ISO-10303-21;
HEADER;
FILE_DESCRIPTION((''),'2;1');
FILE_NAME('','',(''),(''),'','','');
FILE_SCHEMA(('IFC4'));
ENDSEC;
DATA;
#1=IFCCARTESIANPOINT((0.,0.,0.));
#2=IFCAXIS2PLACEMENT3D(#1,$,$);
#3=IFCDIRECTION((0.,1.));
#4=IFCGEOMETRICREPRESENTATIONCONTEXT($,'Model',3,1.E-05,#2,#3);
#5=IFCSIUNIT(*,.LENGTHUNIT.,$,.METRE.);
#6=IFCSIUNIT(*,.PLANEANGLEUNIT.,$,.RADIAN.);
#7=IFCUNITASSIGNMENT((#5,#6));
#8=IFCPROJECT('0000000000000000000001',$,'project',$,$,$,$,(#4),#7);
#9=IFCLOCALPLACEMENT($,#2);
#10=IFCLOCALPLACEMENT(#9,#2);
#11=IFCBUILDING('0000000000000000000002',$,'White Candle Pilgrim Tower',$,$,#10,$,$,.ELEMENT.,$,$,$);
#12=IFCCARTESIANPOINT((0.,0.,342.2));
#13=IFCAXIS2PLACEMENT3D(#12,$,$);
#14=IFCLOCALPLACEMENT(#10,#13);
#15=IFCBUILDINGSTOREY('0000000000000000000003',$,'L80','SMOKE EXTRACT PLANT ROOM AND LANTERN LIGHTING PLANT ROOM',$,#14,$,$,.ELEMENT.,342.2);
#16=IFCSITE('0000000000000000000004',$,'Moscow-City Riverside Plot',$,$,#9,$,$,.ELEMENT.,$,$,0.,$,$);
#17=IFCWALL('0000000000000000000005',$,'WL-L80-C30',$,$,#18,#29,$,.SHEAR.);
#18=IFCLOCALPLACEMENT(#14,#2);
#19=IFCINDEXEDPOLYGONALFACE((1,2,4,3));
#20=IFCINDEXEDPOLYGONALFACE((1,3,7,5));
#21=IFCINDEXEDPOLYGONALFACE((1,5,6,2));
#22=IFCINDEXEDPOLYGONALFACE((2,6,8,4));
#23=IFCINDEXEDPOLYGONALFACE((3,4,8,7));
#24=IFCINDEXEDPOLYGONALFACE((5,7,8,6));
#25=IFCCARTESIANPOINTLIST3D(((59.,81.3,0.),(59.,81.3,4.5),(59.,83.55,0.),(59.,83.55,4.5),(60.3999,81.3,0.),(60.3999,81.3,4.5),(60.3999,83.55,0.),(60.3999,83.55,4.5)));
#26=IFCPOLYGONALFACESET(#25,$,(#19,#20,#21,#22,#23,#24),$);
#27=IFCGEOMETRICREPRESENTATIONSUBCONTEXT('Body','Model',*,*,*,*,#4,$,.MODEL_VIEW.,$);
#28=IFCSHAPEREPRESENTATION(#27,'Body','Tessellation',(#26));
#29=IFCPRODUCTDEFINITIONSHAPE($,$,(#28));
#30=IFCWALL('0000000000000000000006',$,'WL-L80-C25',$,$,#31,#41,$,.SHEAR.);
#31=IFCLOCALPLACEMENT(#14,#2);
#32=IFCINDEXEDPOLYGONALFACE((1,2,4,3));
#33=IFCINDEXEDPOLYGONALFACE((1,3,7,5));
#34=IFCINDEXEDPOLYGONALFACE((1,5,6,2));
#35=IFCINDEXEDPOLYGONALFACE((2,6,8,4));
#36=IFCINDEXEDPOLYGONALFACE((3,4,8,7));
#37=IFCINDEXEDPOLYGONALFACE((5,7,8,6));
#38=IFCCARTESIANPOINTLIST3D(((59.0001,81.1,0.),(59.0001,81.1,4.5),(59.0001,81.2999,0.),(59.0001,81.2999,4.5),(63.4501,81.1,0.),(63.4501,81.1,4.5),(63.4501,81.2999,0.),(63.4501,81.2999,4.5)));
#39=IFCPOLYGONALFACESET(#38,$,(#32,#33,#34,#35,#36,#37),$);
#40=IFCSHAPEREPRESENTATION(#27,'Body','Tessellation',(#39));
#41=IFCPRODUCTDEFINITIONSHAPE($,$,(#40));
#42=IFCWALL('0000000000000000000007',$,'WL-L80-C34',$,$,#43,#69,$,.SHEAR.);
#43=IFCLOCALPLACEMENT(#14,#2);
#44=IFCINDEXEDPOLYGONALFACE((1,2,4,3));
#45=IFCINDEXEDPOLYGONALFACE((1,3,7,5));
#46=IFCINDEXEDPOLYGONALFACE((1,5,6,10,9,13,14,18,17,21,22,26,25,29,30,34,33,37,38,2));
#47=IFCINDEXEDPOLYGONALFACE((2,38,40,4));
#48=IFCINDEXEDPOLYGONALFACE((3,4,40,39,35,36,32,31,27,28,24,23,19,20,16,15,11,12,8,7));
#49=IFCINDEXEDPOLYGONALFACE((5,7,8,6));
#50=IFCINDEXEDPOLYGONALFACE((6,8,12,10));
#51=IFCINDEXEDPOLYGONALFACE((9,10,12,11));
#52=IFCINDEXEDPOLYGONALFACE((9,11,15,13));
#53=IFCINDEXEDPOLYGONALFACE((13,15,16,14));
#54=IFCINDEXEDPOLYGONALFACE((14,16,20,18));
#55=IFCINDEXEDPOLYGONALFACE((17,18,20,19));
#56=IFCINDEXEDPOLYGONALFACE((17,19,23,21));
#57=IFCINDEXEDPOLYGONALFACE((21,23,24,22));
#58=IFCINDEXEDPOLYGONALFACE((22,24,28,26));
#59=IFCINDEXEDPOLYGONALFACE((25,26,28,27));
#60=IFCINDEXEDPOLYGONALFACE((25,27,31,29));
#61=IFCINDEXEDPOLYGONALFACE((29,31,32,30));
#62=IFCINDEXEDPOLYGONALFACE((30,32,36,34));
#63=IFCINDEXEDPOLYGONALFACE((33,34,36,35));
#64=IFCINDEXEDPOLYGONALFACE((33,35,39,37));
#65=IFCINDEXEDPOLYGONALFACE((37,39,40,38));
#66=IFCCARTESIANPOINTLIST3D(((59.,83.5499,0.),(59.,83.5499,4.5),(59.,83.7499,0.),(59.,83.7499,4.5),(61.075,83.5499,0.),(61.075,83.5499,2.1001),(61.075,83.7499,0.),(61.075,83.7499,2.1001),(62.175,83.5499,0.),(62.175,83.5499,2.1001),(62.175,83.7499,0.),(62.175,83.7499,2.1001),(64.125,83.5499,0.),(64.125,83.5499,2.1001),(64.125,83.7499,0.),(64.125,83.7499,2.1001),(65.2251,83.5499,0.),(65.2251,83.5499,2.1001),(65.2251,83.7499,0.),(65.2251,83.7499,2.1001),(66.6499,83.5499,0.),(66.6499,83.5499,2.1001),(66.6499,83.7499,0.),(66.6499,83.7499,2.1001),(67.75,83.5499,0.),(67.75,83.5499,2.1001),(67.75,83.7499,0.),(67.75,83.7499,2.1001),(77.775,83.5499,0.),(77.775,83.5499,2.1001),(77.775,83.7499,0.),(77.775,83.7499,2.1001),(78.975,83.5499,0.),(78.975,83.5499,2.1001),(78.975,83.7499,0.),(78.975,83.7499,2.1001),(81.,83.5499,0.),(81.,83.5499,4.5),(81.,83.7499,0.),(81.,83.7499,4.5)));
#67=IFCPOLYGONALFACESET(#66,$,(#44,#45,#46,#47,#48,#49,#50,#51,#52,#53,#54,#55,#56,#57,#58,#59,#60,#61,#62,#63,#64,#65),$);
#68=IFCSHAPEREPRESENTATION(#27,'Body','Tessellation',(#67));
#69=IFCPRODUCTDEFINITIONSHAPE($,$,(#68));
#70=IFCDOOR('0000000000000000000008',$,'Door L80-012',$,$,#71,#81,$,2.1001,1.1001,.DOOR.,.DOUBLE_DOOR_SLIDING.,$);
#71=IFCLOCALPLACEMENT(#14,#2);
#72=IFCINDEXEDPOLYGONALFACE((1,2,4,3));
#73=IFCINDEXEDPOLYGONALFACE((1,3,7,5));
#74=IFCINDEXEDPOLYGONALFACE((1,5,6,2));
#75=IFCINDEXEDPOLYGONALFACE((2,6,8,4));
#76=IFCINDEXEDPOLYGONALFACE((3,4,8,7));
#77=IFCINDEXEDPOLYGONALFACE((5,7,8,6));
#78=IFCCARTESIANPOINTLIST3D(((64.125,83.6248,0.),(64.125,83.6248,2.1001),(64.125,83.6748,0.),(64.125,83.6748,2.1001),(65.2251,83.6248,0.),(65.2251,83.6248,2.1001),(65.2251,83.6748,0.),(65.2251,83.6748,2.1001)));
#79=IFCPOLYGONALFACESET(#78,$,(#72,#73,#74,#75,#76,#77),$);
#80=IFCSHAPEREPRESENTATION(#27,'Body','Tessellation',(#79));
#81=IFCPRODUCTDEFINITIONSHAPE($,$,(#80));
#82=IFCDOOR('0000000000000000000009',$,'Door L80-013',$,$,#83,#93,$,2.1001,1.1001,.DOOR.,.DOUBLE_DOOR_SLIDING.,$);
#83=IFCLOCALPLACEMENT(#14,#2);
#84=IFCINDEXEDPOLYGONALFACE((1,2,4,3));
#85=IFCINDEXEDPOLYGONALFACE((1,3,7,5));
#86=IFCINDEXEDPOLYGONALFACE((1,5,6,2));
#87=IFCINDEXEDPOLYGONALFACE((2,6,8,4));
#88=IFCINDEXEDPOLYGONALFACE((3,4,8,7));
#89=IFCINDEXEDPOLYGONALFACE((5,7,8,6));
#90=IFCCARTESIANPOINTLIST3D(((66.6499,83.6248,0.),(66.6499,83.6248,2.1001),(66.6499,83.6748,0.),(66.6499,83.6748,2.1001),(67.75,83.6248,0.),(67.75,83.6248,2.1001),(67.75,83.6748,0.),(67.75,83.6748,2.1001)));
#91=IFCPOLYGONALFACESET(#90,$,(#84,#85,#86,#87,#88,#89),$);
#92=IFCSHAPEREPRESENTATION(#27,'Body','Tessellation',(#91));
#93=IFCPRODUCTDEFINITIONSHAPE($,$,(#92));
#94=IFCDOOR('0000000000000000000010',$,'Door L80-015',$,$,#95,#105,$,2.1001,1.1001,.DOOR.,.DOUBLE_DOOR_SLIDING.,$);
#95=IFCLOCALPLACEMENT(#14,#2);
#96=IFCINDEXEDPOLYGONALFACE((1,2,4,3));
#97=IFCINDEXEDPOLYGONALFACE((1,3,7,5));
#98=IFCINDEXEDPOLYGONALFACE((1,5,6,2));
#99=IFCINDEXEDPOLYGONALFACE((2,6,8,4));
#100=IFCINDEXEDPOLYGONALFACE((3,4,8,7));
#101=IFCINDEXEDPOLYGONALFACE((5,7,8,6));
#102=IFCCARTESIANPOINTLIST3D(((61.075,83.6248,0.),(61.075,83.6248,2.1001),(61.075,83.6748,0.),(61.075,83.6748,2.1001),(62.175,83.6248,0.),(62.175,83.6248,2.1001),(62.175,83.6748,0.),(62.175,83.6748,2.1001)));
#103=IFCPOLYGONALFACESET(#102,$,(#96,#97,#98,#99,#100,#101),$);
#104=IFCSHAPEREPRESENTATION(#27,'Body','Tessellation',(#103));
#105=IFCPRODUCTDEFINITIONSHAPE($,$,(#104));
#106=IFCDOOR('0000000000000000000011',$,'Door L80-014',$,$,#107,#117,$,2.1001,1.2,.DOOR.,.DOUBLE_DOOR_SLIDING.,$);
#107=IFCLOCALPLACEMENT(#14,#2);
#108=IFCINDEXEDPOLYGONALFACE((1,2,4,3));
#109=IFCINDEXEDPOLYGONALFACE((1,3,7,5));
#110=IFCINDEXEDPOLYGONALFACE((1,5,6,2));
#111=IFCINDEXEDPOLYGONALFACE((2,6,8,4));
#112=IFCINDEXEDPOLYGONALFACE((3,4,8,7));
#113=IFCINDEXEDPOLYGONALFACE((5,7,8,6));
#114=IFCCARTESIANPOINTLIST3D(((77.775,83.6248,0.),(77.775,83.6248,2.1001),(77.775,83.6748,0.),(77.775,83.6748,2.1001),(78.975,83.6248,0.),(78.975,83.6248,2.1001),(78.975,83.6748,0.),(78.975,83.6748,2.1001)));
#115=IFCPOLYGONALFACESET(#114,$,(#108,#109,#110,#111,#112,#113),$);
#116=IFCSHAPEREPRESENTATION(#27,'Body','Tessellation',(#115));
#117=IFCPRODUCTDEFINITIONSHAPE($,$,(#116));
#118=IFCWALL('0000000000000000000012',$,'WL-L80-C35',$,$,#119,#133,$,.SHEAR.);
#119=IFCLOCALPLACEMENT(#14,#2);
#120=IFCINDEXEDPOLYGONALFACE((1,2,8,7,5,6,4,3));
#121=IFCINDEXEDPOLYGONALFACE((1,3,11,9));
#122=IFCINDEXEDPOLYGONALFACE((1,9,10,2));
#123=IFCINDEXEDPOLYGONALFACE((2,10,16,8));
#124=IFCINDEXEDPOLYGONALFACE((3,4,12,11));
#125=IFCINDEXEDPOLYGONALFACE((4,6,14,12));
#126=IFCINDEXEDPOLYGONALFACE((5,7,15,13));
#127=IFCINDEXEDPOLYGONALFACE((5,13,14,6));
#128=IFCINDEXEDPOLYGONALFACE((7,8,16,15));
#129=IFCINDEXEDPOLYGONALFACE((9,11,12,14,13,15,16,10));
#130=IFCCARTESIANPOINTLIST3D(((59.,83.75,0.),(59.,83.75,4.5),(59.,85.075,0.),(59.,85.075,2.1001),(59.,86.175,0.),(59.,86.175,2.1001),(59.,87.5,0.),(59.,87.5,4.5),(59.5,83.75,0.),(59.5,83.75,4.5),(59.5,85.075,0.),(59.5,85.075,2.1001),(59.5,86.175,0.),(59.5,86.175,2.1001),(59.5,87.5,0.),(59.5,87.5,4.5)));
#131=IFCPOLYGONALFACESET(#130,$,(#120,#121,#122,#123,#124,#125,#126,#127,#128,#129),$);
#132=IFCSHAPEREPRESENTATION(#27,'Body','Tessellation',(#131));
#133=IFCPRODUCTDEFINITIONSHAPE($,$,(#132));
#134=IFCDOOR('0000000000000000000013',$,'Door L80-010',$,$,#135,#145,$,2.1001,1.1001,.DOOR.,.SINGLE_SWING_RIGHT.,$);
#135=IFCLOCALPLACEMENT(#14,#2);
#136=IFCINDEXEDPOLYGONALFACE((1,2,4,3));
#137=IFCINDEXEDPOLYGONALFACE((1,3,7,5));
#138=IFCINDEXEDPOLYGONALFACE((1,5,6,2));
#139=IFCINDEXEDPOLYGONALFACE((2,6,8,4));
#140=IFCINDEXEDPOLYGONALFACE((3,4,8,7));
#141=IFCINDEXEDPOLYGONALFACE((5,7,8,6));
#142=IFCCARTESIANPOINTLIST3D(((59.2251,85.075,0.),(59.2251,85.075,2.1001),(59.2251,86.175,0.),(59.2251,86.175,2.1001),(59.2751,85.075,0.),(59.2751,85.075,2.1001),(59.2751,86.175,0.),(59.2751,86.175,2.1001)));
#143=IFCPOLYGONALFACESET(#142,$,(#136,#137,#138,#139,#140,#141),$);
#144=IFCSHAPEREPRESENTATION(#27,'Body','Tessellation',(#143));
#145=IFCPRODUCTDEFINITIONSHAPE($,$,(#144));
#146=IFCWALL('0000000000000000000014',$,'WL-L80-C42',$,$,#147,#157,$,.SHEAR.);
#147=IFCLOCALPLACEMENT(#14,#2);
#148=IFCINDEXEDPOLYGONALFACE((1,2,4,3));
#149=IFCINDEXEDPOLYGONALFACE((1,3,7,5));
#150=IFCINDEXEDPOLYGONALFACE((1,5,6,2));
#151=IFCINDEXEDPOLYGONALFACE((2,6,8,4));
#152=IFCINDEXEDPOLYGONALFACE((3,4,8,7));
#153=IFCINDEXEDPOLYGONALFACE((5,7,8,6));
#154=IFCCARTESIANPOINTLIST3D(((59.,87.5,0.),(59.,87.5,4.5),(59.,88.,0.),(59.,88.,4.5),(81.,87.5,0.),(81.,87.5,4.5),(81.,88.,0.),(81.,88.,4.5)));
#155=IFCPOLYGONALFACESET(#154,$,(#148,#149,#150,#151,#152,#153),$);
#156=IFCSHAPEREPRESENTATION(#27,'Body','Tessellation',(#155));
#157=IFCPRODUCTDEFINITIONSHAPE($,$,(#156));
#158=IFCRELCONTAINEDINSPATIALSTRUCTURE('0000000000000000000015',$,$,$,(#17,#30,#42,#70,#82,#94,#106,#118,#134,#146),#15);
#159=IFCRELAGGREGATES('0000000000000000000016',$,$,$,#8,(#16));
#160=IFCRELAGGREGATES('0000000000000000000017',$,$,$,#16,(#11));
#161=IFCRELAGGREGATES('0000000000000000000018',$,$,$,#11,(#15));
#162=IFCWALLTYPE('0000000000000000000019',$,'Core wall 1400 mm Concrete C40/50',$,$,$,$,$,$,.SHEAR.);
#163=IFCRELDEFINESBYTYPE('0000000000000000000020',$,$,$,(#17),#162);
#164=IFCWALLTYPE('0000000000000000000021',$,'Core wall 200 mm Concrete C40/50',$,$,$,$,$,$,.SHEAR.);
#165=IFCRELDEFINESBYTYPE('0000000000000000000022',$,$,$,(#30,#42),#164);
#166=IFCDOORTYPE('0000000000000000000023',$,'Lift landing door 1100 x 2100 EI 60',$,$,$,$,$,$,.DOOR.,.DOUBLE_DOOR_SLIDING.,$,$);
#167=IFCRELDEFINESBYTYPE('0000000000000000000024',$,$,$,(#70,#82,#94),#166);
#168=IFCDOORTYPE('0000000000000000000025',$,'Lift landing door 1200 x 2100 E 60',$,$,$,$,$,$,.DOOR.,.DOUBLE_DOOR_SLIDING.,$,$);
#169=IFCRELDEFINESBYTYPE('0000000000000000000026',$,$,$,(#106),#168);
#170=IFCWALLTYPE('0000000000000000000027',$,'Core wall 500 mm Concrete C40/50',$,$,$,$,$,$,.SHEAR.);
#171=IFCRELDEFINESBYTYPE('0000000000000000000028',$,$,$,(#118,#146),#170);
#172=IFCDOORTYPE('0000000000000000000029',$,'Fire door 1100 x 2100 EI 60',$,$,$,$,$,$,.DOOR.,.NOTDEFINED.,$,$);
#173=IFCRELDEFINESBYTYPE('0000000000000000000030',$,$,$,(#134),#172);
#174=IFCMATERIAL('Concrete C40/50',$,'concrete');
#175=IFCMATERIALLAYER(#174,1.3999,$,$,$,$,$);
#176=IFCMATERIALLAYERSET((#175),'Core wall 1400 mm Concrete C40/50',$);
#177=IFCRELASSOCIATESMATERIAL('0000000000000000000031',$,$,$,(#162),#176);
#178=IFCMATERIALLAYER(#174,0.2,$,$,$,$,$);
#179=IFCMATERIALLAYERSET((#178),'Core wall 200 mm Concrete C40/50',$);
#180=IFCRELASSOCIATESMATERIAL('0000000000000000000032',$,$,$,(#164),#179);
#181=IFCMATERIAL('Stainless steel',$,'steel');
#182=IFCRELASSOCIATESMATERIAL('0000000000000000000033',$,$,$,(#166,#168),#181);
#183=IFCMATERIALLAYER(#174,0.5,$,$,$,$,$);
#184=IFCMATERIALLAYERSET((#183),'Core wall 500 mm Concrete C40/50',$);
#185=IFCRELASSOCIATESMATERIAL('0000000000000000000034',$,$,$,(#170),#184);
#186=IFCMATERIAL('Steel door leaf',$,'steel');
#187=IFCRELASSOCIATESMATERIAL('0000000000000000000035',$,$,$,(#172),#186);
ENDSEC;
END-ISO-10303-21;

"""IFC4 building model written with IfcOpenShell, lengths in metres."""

from ifc_helpers import new_model, si_unit, direction, frame, frame_2d, origin, place, context, subcontext, project, spatial, rectangle, extrude, material, layer, layer_set, type_object, element, fill, save


model = new_model("IFC4")

# Units and contexts
model_context = context("Model", 3, precision=1e-05, world=origin(), true_north=direction((0.0, 1.0)))
body_context = subcontext(model_context, "Body", "Model", "MODEL_VIEW")
ifc_project = project(units=[si_unit("LENGTHUNIT", "METRE"), si_unit("PLANEANGLEUNIT", "RADIAN")], contexts=[model_context])

# Site, building, storey
site_placement = place(None, origin())
site = spatial("IfcSite", under=ifc_project, at=site_placement, Name="Moscow-City Riverside Plot", CompositionType="ELEMENT", RefElevation=0.0)
building_placement = place(site_placement, origin())
building = spatial("IfcBuilding", under=site, at=building_placement, Name="White Candle Pilgrim Tower", CompositionType="ELEMENT")
storey_placement = place(building_placement, frame((0.0, 0.0, 342.2)))
storey = spatial("IfcBuildingStorey", under=building, at=storey_placement, Name="L80", Description="SMOKE EXTRACT PLANT ROOM AND LANTERN LIGHTING PLANT ROOM", CompositionType="ELEMENT", Elevation=342.2)

# Walls
ifc_material_1 = material(Name="Concrete C40/50", Category="concrete")
ifc_layer_1 = layer(ifc_material_1, 1.3999)
ifc_layer_set_1 = layer_set([ifc_layer_1], Name="Core wall 1400 mm Concrete C40/50")
wall_type_1 = type_object("IfcWallType", Name="Core wall 1400 mm Concrete C40/50", PredefinedType="SHEAR", material=ifc_layer_set_1)
wall_1_placement = place(storey_placement, frame((59.7, 81.3, 0.0), z_axis=(0.0, 0.0, 1.0), x_axis=(0.0, 1.0, 0.0)))
element("IfcWall", 1, at=wall_1_placement, inside=storey, type_object=wall_type_1, Name="WL-L80-C30", PredefinedType="SHEAR", context=body_context, shape_type="SweptSolid", body=[
    extrude(rectangle(XDim=2.25, YDim=1.3999, at=frame_2d((1.125, 0.0))), origin(), (0.0, 0.0, 1.0), 4.5),
])
ifc_layer_2 = layer(ifc_material_1, 0.2)
ifc_layer_set_2 = layer_set([ifc_layer_2], Name="Core wall 200 mm Concrete C40/50")
wall_type_2 = type_object("IfcWallType", Name="Core wall 200 mm Concrete C40/50", PredefinedType="SHEAR", material=ifc_layer_set_2)
wall_2_placement = place(storey_placement, frame((59.0, 81.2, 0.0), z_axis=(0.0, 0.0, 1.0), x_axis=(1.0, 0.0, 0.0)))
element("IfcWall", 2, at=wall_2_placement, inside=storey, type_object=wall_type_2, Name="WL-L80-C25", PredefinedType="SHEAR", context=body_context, shape_type="SweptSolid", body=[
    extrude(rectangle(XDim=4.45, YDim=0.2, at=frame_2d((2.2251, 0.0))), origin(), (0.0, 0.0, 1.0), 4.5),
])

# Wall, openings, doors
wall_3_placement = place(storey_placement, frame((59.0, 83.6499, 0.0), z_axis=(0.0, 0.0, 1.0), x_axis=(1.0, 0.0, 0.0)))
wall_3 = element("IfcWall", 3, at=wall_3_placement, inside=storey, type_object=wall_type_2, Name="WL-L80-C34", PredefinedType="SHEAR", context=body_context, shape_type="SweptSolid", body=[
    extrude(rectangle(XDim=22.0, YDim=0.2, at=frame_2d((11.0, 0.0))), origin(), (0.0, 0.0, 1.0), 4.5),
])
opening_1_placement = place(wall_3_placement, frame((5.125, 0.0, 0.0)))
opening_1 = element("IfcOpeningElement", 4, at=opening_1_placement, cuts=wall_3, PredefinedType="OPENING", context=body_context, shape_type="SweptSolid", body=[
    extrude(rectangle(XDim=1.1001, YDim=2.1001, at=frame_2d((0.55, 1.05))), frame((0.0, 0.1099, 0.0), z_axis=(0.0, -1.0, 0.0), x_axis=(1.0, 0.0, 0.0)), (0.0, 0.0, 1.0), 0.22),
])
opening_2_placement = place(wall_3_placement, frame((7.6499, 0.0, 0.0)))
opening_2 = element("IfcOpeningElement", 5, at=opening_2_placement, cuts=wall_3, PredefinedType="OPENING", context=body_context, shape_type="SweptSolid", body=[
    extrude(rectangle(XDim=1.1001, YDim=2.1001, at=frame_2d((0.55, 1.05))), frame((0.0, 0.1099, 0.0), z_axis=(0.0, -1.0, 0.0), x_axis=(1.0, 0.0, 0.0)), (0.0, 0.0, 1.0), 0.22),
])
opening_3_placement = place(wall_3_placement, frame((18.7749, 0.0, 0.0)))
opening_3 = element("IfcOpeningElement", 6, at=opening_3_placement, cuts=wall_3, PredefinedType="OPENING", context=body_context, shape_type="SweptSolid", body=[
    extrude(rectangle(XDim=1.2, YDim=2.1001, at=frame_2d((0.6001, 1.05))), frame((0.0, 0.1099, 0.0), z_axis=(0.0, -1.0, 0.0), x_axis=(1.0, 0.0, 0.0)), (0.0, 0.0, 1.0), 0.22),
])
opening_4_placement = place(wall_3_placement, frame((2.075, 0.0, 0.0)))
opening_4 = element("IfcOpeningElement", 7, at=opening_4_placement, cuts=wall_3, PredefinedType="OPENING", context=body_context, shape_type="SweptSolid", body=[
    extrude(rectangle(XDim=1.1001, YDim=2.1001, at=frame_2d((0.55, 1.05))), frame((0.0, 0.1099, 0.0), z_axis=(0.0, -1.0, 0.0), x_axis=(1.0, 0.0, 0.0)), (0.0, 0.0, 1.0), 0.22),
])
ifc_material_2 = material(Name="Stainless steel", Category="steel")
door_type_1 = type_object("IfcDoorType", Name="Lift landing door 1100 x 2100 EI 60", OperationType="DOUBLE_DOOR_SLIDING", PredefinedType="DOOR", material=ifc_material_2)
door_1_placement = place(opening_1_placement, origin())
door_1 = element("IfcDoor", 8, at=door_1_placement, inside=storey, type_object=door_type_1, Name="Door L80-012", OperationType="DOUBLE_DOOR_SLIDING", OverallHeight=2.1001, OverallWidth=1.1001, PredefinedType="DOOR", context=body_context, shape_type="SweptSolid", body=[
    extrude(rectangle(XDim=1.1001, YDim=2.1001, at=frame_2d((0.55, 1.05))), frame((0.0, 0.0249, 0.0), z_axis=(0.0, -1.0, 0.0), x_axis=(1.0, 0.0, 0.0)), (0.0, 0.0, 1.0), 0.05),
])
fill(opening_1, door_1)
door_2_placement = place(opening_2_placement, origin())
door_2 = element("IfcDoor", 9, at=door_2_placement, inside=storey, type_object=door_type_1, Name="Door L80-013", OperationType="DOUBLE_DOOR_SLIDING", OverallHeight=2.1001, OverallWidth=1.1001, PredefinedType="DOOR", context=body_context, shape_type="SweptSolid", body=[
    extrude(rectangle(XDim=1.1001, YDim=2.1001, at=frame_2d((0.55, 1.05))), frame((0.0, 0.0249, 0.0), z_axis=(0.0, -1.0, 0.0), x_axis=(1.0, 0.0, 0.0)), (0.0, 0.0, 1.0), 0.05),
])
fill(opening_2, door_2)
door_3_placement = place(opening_4_placement, origin())
door_3 = element("IfcDoor", 10, at=door_3_placement, inside=storey, type_object=door_type_1, Name="Door L80-015", OperationType="DOUBLE_DOOR_SLIDING", OverallHeight=2.1001, OverallWidth=1.1001, PredefinedType="DOOR", context=body_context, shape_type="SweptSolid", body=[
    extrude(rectangle(XDim=1.1001, YDim=2.1001, at=frame_2d((0.55, 1.05))), frame((0.0, 0.0249, 0.0), z_axis=(0.0, -1.0, 0.0), x_axis=(1.0, 0.0, 0.0)), (0.0, 0.0, 1.0), 0.05),
])
fill(opening_4, door_3)
door_type_2 = type_object("IfcDoorType", Name="Lift landing door 1200 x 2100 E 60", OperationType="DOUBLE_DOOR_SLIDING", PredefinedType="DOOR", material=ifc_material_2)
door_4_placement = place(opening_3_placement, origin())
door_4 = element("IfcDoor", 11, at=door_4_placement, inside=storey, type_object=door_type_2, Name="Door L80-014", OperationType="DOUBLE_DOOR_SLIDING", OverallHeight=2.1001, OverallWidth=1.2, PredefinedType="DOOR", context=body_context, shape_type="SweptSolid", body=[
    extrude(rectangle(XDim=1.2, YDim=2.1001, at=frame_2d((0.6001, 1.05))), frame((0.0, 0.0249, 0.0), z_axis=(0.0, -1.0, 0.0), x_axis=(1.0, 0.0, 0.0)), (0.0, 0.0, 1.0), 0.05),
])
fill(opening_3, door_4)

# Wall, opening, door
ifc_layer_3 = layer(ifc_material_1, 0.5)
ifc_layer_set_3 = layer_set([ifc_layer_3], Name="Core wall 500 mm Concrete C40/50")
wall_type_3 = type_object("IfcWallType", Name="Core wall 500 mm Concrete C40/50", PredefinedType="SHEAR", material=ifc_layer_set_3)
wall_4_placement = place(storey_placement, frame((59.25, 83.75, 0.0), z_axis=(0.0, 0.0, 1.0), x_axis=(0.0, 1.0, 0.0)))
wall_4 = element("IfcWall", 12, at=wall_4_placement, inside=storey, type_object=wall_type_3, Name="WL-L80-C35", PredefinedType="SHEAR", context=body_context, shape_type="SweptSolid", body=[
    extrude(rectangle(XDim=3.75, YDim=0.5, at=frame_2d((1.875, 0.0))), origin(), (0.0, 0.0, 1.0), 4.5),
])
opening_5_placement = place(wall_4_placement, frame((1.325, 0.0, 0.0)))
opening_5 = element("IfcOpeningElement", 13, at=opening_5_placement, cuts=wall_4, PredefinedType="OPENING", context=body_context, shape_type="SweptSolid", body=[
    extrude(rectangle(XDim=1.1001, YDim=2.1001, at=frame_2d((0.55, 1.05))), frame((0.0, 0.26, 0.0), z_axis=(0.0, -1.0, 0.0), x_axis=(1.0, 0.0, 0.0)), (0.0, 0.0, 1.0), 0.52),
])
ifc_material_3 = material(Name="Steel door leaf", Category="steel")
door_type_3 = type_object("IfcDoorType", Name="Fire door 1100 x 2100 EI 60", OperationType="NOTDEFINED", PredefinedType="DOOR", material=ifc_material_3)
door_5_placement = place(opening_5_placement, origin())
door_5 = element("IfcDoor", 14, at=door_5_placement, inside=storey, type_object=door_type_3, Name="Door L80-010", OperationType="SINGLE_SWING_RIGHT", OverallHeight=2.1001, OverallWidth=1.1001, PredefinedType="DOOR", context=body_context, shape_type="SweptSolid", body=[
    extrude(rectangle(XDim=1.1001, YDim=2.1001, at=frame_2d((0.55, 1.05))), frame((0.0, 0.0249, 0.0), z_axis=(0.0, -1.0, 0.0), x_axis=(1.0, 0.0, 0.0)), (0.0, 0.0, 1.0), 0.05),
])
fill(opening_5, door_5)

# Wall
wall_5_placement = place(storey_placement, frame((59.0, 87.75, 0.0), z_axis=(0.0, 0.0, 1.0), x_axis=(1.0, 0.0, 0.0)))
element("IfcWall", 15, at=wall_5_placement, inside=storey, type_object=wall_type_3, Name="WL-L80-C42", PredefinedType="SHEAR", context=body_context, shape_type="SweptSolid", body=[
    extrude(rectangle(XDim=22.0, YDim=0.5, at=frame_2d((11.0, 0.0))), origin(), (0.0, 0.0, 1.0), 4.5),
])

save(model, "model.ifc")
